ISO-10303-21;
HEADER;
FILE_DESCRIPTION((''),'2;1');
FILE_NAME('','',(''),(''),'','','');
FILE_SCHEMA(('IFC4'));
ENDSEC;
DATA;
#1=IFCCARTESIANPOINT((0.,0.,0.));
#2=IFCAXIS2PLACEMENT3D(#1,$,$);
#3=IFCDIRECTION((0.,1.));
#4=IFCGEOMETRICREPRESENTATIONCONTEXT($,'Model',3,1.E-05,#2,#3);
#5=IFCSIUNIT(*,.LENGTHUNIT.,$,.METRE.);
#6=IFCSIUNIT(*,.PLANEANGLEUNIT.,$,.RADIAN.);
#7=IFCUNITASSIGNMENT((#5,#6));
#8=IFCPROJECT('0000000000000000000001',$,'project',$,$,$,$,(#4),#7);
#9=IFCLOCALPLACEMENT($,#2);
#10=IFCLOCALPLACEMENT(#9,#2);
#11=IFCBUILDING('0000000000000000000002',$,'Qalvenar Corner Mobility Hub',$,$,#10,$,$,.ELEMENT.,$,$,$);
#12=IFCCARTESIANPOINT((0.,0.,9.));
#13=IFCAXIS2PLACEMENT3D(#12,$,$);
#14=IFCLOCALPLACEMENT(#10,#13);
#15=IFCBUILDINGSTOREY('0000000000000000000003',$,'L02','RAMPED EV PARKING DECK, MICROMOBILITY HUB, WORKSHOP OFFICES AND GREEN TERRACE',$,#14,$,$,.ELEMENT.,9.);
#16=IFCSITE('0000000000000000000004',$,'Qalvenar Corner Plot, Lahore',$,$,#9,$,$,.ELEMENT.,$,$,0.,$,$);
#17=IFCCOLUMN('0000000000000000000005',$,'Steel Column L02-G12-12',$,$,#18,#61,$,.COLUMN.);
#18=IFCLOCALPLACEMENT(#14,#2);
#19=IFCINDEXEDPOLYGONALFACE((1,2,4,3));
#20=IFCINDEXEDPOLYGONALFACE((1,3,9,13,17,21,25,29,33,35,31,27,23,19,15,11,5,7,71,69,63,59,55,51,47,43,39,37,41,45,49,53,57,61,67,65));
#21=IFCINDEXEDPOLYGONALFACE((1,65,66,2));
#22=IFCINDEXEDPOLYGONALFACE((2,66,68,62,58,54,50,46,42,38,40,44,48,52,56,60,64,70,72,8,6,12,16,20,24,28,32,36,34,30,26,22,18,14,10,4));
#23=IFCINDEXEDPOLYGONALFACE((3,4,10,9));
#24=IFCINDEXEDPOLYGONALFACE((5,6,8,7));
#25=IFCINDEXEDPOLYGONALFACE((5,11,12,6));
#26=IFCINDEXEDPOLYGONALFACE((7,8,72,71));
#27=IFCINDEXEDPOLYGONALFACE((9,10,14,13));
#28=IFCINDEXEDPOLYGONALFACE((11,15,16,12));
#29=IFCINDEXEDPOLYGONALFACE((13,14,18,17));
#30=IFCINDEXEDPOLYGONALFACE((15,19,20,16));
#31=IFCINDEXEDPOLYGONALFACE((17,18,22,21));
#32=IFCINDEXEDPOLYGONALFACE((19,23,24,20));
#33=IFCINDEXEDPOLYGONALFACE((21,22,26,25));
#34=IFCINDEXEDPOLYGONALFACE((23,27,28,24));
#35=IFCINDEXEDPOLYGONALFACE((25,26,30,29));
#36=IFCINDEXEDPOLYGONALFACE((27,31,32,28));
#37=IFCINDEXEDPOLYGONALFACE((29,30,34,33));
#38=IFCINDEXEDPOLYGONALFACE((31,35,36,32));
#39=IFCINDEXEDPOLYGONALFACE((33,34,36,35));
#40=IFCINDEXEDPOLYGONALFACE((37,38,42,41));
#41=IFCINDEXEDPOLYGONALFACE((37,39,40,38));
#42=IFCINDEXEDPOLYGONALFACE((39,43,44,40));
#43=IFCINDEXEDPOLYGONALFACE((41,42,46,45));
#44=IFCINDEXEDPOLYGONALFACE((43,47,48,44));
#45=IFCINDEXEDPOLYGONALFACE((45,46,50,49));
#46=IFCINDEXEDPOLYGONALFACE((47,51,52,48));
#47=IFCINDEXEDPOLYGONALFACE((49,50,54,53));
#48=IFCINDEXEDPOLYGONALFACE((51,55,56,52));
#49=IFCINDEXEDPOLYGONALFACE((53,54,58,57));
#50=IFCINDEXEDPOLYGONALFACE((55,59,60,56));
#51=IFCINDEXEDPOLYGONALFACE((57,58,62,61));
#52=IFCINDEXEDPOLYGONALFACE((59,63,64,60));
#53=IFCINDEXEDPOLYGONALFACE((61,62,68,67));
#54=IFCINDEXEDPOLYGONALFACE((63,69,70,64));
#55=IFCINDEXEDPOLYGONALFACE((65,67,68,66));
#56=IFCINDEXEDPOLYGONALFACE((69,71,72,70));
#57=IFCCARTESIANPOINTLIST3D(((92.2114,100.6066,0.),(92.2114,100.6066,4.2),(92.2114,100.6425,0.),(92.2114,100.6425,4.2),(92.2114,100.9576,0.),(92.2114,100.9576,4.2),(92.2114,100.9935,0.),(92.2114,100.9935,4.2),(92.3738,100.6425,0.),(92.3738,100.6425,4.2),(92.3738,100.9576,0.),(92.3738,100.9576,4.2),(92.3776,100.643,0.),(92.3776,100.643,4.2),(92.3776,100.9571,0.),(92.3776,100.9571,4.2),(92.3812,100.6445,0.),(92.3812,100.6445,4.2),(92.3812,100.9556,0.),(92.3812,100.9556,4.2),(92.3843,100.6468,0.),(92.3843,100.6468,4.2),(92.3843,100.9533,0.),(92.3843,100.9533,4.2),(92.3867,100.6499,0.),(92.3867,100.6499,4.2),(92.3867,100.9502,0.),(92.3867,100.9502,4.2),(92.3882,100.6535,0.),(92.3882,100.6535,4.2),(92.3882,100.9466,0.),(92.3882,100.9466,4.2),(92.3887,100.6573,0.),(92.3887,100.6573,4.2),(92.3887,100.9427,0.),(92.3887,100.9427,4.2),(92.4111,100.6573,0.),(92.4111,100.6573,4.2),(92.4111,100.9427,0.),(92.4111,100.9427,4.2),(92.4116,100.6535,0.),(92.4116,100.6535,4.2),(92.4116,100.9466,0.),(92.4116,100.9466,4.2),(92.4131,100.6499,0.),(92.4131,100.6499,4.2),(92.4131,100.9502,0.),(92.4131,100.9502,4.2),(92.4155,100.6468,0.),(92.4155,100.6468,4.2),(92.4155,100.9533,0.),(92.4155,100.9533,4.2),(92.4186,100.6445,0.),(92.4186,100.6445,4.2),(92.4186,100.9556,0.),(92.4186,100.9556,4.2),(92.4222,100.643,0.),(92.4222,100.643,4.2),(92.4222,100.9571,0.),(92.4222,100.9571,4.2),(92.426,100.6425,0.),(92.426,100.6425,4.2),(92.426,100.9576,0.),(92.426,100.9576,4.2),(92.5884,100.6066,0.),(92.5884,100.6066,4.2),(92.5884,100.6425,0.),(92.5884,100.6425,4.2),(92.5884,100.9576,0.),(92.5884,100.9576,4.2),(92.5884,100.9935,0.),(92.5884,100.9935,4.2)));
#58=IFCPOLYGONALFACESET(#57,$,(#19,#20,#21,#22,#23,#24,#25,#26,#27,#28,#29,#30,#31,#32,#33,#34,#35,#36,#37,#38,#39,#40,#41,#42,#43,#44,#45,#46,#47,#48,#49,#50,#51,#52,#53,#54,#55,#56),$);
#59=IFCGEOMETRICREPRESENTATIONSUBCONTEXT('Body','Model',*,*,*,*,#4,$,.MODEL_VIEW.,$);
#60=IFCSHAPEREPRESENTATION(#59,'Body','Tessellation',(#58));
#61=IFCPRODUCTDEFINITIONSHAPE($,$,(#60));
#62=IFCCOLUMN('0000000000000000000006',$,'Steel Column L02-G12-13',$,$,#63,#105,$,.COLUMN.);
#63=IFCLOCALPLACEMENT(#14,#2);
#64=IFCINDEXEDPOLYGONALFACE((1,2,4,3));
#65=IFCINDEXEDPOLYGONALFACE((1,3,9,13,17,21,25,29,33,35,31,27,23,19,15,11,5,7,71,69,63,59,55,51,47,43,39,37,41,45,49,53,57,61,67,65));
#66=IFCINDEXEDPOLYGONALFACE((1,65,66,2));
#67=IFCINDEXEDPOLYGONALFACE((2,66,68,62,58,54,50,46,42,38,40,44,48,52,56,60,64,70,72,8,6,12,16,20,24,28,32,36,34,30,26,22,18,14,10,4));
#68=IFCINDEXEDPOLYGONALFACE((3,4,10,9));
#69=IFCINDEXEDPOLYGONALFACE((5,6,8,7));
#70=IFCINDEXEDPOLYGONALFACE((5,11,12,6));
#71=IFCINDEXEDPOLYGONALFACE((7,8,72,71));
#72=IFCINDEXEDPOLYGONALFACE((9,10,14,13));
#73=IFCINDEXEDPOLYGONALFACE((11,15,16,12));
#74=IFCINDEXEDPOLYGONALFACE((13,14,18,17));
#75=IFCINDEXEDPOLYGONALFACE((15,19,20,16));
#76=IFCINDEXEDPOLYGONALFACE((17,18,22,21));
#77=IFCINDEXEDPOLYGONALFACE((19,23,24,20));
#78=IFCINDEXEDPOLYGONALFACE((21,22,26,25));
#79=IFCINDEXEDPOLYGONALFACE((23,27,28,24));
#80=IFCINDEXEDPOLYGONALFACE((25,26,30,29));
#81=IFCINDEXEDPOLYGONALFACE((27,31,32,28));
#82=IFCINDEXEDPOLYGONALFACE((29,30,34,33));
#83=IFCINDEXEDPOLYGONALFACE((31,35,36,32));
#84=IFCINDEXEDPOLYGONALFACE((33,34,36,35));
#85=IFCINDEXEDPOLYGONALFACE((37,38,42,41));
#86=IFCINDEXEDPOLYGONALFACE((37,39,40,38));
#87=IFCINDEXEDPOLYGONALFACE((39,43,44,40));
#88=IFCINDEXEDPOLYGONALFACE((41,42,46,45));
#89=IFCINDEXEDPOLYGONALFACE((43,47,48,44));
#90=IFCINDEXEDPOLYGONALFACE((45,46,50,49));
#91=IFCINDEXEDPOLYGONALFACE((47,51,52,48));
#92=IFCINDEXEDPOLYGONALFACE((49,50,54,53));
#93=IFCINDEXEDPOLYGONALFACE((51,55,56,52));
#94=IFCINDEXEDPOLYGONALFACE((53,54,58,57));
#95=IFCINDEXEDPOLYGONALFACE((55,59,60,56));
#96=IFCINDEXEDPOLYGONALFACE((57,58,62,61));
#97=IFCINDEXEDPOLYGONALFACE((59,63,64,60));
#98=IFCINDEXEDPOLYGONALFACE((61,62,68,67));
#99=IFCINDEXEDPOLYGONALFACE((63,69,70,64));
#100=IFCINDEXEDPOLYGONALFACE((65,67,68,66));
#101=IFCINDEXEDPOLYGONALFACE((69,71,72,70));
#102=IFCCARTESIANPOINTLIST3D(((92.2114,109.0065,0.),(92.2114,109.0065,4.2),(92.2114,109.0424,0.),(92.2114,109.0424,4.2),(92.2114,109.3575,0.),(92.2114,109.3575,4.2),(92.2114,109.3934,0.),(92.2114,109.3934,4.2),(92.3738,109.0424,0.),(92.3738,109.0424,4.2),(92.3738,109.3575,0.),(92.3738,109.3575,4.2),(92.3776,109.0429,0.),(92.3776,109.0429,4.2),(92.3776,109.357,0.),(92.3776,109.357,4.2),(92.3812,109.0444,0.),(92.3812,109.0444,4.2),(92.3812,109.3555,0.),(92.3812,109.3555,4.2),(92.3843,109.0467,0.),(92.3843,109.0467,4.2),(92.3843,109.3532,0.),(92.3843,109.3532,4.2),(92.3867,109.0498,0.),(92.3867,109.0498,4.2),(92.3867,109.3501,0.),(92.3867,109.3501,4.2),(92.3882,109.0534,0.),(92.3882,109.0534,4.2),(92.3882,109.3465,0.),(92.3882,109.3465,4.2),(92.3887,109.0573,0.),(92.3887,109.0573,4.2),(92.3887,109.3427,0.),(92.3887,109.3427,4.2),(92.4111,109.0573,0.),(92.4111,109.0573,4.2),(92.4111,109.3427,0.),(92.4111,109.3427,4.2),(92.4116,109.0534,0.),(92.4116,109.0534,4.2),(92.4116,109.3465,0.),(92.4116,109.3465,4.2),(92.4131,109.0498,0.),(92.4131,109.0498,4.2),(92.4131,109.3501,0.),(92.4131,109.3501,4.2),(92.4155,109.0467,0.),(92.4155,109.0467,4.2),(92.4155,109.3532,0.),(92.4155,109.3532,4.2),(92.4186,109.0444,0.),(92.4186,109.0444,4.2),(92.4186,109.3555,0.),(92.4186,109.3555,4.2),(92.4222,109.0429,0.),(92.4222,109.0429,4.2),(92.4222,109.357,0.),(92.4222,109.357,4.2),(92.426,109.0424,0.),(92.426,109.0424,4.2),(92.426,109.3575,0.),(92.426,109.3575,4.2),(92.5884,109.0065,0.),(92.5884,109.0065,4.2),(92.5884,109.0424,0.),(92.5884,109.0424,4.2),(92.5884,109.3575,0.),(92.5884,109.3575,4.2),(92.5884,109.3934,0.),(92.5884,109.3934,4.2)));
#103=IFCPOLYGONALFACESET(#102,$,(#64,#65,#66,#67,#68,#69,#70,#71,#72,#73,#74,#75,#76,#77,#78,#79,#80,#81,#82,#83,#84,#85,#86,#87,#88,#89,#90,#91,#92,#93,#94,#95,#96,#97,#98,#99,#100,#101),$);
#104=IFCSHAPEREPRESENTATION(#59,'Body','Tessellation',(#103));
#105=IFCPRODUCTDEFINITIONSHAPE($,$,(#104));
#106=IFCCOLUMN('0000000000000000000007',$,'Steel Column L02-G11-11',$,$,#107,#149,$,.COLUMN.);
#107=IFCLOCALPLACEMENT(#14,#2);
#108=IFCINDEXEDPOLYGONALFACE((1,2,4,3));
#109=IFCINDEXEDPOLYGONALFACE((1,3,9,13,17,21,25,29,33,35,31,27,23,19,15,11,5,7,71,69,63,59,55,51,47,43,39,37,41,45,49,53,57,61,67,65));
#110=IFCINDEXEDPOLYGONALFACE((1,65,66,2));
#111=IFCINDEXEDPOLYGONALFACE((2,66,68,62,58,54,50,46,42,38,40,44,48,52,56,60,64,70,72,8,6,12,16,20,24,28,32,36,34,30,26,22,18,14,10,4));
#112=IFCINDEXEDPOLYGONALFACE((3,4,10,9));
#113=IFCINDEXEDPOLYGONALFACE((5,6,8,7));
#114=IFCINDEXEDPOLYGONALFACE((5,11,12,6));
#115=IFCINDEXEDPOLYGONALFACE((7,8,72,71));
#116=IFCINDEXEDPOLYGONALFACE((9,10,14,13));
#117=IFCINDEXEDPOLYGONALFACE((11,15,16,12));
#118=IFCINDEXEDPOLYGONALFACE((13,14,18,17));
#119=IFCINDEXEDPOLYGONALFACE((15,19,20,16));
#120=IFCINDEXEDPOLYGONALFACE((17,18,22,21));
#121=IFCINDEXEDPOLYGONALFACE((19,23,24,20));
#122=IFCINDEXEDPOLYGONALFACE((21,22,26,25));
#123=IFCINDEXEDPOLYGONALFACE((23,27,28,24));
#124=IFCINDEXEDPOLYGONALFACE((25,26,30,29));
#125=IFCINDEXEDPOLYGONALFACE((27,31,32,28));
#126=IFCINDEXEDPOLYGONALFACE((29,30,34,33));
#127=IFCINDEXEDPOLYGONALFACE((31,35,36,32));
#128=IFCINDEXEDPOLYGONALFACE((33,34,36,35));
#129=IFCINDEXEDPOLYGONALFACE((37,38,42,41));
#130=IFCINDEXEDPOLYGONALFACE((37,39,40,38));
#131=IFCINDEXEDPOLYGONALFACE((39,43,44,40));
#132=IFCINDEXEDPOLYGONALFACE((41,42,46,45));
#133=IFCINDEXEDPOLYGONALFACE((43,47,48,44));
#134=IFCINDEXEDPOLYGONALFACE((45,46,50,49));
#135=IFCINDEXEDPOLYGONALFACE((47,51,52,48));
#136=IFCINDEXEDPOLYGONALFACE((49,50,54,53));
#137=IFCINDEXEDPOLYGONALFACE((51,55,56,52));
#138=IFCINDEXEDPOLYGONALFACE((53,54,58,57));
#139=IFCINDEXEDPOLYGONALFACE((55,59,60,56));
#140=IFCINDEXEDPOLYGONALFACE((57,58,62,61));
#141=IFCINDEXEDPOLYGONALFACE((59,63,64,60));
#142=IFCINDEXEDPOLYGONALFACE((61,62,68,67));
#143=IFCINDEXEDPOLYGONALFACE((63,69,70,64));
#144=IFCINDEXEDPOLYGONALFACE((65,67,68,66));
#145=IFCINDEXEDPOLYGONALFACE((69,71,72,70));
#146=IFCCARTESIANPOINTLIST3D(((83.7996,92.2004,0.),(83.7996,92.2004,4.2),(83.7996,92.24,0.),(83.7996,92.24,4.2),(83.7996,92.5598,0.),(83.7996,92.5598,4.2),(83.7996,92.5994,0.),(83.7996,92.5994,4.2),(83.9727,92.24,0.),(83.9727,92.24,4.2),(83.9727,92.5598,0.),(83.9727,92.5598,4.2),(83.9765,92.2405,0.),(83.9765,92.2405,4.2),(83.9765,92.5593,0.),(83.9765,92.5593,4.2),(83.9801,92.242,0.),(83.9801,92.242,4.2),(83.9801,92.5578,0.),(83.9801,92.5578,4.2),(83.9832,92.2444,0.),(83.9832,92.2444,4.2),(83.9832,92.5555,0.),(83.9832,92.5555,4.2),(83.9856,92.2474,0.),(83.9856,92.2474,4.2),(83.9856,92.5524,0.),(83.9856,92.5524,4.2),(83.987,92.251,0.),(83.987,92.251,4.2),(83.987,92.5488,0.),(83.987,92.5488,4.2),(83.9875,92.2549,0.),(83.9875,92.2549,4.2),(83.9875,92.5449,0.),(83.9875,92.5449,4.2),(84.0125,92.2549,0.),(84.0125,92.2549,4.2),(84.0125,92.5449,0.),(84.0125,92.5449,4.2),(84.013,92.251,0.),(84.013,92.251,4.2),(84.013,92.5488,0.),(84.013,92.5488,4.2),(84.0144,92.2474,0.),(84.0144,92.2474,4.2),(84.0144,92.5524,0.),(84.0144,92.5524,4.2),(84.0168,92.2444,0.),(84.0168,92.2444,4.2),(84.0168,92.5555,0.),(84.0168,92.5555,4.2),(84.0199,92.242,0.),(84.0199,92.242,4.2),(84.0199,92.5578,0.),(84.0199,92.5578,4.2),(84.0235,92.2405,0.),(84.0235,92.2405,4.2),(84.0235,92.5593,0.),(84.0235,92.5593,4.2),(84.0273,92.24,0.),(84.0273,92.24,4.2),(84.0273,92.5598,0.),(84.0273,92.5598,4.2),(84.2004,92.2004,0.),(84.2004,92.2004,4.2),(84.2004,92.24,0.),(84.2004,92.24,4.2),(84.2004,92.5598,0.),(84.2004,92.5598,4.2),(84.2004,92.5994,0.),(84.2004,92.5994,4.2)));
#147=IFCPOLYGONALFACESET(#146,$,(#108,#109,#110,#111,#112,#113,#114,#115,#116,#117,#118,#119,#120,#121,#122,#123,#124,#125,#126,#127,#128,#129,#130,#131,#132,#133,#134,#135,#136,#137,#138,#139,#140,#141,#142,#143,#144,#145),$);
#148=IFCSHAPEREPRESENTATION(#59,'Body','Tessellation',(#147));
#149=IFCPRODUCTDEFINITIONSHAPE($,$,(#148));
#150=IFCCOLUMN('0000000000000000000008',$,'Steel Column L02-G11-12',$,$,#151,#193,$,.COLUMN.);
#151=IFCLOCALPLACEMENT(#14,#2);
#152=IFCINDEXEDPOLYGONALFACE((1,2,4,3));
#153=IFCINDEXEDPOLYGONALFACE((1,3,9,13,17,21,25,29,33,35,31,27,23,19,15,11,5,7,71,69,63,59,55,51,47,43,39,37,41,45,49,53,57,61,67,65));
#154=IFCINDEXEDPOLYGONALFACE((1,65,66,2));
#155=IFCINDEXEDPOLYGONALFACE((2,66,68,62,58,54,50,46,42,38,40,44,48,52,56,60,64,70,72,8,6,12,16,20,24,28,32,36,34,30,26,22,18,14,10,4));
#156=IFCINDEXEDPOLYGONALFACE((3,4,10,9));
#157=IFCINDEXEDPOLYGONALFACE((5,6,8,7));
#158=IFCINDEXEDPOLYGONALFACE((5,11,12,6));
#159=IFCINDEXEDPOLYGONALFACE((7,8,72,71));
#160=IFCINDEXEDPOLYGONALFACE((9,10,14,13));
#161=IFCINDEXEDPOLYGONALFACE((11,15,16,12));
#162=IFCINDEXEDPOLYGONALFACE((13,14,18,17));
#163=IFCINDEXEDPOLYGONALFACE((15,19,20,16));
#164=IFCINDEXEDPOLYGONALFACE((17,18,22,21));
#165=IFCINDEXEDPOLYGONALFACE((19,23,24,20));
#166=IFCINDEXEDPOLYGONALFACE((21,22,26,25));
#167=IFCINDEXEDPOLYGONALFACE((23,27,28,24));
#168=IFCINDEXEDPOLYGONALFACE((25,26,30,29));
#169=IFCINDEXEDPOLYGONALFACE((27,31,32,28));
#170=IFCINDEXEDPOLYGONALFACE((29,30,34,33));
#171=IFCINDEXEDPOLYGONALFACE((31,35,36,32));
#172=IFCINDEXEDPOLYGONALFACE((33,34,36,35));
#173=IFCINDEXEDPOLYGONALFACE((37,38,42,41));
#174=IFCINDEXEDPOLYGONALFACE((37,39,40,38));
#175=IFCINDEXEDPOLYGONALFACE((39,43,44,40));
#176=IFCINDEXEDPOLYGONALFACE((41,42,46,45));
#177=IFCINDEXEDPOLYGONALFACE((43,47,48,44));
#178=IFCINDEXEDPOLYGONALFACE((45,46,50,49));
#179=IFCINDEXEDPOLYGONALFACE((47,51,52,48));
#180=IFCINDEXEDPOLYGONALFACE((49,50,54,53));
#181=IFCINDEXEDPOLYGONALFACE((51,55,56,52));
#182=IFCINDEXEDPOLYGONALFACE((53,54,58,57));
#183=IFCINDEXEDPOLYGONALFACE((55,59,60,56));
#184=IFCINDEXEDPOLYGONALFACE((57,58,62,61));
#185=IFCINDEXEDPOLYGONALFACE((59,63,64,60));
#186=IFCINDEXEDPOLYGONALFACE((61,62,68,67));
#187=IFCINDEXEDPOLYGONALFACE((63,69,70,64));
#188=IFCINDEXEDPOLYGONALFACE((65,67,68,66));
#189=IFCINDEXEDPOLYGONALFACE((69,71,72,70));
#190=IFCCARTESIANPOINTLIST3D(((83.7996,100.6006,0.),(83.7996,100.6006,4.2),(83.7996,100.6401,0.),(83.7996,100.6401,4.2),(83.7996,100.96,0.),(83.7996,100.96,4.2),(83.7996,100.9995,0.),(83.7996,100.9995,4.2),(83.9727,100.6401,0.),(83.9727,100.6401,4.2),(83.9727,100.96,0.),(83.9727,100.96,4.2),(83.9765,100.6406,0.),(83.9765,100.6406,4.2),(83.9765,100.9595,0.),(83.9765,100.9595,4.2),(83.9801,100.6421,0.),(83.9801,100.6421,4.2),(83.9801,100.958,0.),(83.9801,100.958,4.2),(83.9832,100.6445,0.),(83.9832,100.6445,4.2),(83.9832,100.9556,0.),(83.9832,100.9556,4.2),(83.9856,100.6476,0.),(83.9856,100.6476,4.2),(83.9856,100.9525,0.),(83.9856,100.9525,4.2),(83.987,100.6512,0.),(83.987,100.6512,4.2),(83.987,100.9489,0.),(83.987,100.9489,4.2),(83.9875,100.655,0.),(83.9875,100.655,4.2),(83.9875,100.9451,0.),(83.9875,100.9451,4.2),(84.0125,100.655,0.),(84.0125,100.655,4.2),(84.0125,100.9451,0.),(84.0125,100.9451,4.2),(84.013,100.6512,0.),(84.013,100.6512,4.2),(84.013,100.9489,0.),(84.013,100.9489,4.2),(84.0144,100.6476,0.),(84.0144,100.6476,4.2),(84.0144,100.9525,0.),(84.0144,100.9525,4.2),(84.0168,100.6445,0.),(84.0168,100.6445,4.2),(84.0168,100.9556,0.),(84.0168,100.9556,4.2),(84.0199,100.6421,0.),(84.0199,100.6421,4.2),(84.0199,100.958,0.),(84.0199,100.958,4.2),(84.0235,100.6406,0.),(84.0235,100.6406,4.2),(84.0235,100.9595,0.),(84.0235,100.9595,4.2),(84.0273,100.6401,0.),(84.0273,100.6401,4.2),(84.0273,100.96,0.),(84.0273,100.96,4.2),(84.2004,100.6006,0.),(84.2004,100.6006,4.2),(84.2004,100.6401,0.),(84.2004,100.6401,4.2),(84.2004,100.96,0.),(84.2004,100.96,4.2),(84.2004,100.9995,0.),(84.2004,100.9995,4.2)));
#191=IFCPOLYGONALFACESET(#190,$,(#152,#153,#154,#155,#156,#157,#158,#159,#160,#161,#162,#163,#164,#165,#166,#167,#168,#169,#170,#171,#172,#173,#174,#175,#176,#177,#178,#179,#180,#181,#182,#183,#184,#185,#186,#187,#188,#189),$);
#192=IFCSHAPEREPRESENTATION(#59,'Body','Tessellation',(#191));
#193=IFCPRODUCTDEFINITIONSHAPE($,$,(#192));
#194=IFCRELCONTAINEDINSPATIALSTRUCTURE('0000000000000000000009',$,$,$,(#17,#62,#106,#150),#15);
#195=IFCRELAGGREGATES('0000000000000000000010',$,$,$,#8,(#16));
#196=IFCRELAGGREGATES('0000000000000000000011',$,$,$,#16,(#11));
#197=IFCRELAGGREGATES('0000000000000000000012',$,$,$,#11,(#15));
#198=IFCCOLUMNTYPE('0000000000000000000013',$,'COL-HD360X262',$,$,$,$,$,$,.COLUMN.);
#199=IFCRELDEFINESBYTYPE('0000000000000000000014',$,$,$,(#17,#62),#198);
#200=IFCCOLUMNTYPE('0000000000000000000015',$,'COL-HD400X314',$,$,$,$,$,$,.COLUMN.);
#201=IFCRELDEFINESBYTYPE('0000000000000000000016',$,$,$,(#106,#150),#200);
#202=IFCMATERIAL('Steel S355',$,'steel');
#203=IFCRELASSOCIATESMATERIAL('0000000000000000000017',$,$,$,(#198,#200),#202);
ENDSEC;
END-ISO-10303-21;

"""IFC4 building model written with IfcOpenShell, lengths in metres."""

from ifc_helpers import new_model, si_unit, direction, frame, origin, origin_2d, place, context, subcontext, project, spatial, i_section, extrude, material, material_profile, profile_set, type_object, element, save


model = new_model("IFC4")

# Units and contexts
model_context = context("Model", 3, precision=1e-05, world=origin(), true_north=direction((0.0, 1.0)))
body_context = subcontext(model_context, "Body", "Model", "MODEL_VIEW")
ifc_project = project(units=[si_unit("LENGTHUNIT", "METRE"), si_unit("PLANEANGLEUNIT", "RADIAN")], contexts=[model_context])

# Site, building, storey
site_placement = place(None, origin())
site = spatial("IfcSite", under=ifc_project, at=site_placement, Name="Qalvenar Corner Plot, Lahore", CompositionType="ELEMENT", RefElevation=0.0)
building_placement = place(site_placement, origin())
building = spatial("IfcBuilding", under=site, at=building_placement, Name="Qalvenar Corner Mobility Hub", CompositionType="ELEMENT")
storey_placement = place(building_placement, frame((0.0, 0.0, 9.0)))
storey = spatial("IfcBuildingStorey", under=building, at=storey_placement, Name="L02", Description="RAMPED EV PARKING DECK, MICROMOBILITY HUB, WORKSHOP OFFICES AND GREEN TERRACE", CompositionType="ELEMENT", Elevation=9.0)

# Columns
ifc_material = material(Name="Steel S355", Category="steel")
ifc_material_profile_1 = material_profile(ifc_material, i_section(OverallWidth=0.377, OverallDepth=0.387, WebThickness=0.0225, FlangeThickness=0.0359, FilletRadius=0.0149, at=origin_2d()), Name="HD360x262")
ifc_profile_set_1 = profile_set([ifc_material_profile_1], Name="Steel S355")
column_type_1 = type_object("IfcColumnType", Name="COL-HD360X262", PredefinedType="COLUMN", material=ifc_profile_set_1)
for number, where, z_axis, x_axis, name in (
    (1, (92.3999, 100.8, 0.0), (0.0, 0.0, 1.0), (1.0, 0.0, 0.0), "Steel Column L02-G12-12"),
    (2, (92.3999, 109.2, 0.0), (0.0, 0.0, 1.0), (1.0, 0.0, 0.0), "Steel Column L02-G12-13"),
):
    element("IfcColumn", number, at=place(storey_placement, frame(where, z_axis=z_axis, x_axis=x_axis)), inside=storey, type_object=column_type_1, Name=name, PredefinedType="COLUMN", context=body_context, shape_type="SweptSolid", body=[
        extrude(i_section(OverallWidth=0.377, OverallDepth=0.387, WebThickness=0.0225, FlangeThickness=0.0359, FilletRadius=0.0149, at=origin_2d()), origin(), (0.0, 0.0, 1.0), 4.2),
    ])
ifc_material_profile_2 = material_profile(ifc_material, i_section(OverallWidth=0.4009, OverallDepth=0.3989, WebThickness=0.0249, FlangeThickness=0.0396, FilletRadius=0.0149, at=origin_2d()), Name="HD400x314")
ifc_profile_set_2 = profile_set([ifc_material_profile_2], Name="Steel S355")
column_type_2 = type_object("IfcColumnType", Name="COL-HD400X314", PredefinedType="COLUMN", material=ifc_profile_set_2)
for number, where, z_axis, x_axis, name in (
    (3, (84.0, 92.3999, 0.0), (0.0, 0.0, 1.0), (1.0, 0.0, 0.0), "Steel Column L02-G11-11"),
    (4, (84.0, 100.8, 0.0), (0.0, 0.0, 1.0), (1.0, 0.0, 0.0), "Steel Column L02-G11-12"),
):
    element("IfcColumn", number, at=place(storey_placement, frame(where, z_axis=z_axis, x_axis=x_axis)), inside=storey, type_object=column_type_2, Name=name, PredefinedType="COLUMN", context=body_context, shape_type="SweptSolid", body=[
        extrude(i_section(OverallWidth=0.4009, OverallDepth=0.3989, WebThickness=0.0249, FlangeThickness=0.0396, FilletRadius=0.0149, at=origin_2d()), origin(), (0.0, 0.0, 1.0), 4.2),
    ])

save(model, "model.ifc")
